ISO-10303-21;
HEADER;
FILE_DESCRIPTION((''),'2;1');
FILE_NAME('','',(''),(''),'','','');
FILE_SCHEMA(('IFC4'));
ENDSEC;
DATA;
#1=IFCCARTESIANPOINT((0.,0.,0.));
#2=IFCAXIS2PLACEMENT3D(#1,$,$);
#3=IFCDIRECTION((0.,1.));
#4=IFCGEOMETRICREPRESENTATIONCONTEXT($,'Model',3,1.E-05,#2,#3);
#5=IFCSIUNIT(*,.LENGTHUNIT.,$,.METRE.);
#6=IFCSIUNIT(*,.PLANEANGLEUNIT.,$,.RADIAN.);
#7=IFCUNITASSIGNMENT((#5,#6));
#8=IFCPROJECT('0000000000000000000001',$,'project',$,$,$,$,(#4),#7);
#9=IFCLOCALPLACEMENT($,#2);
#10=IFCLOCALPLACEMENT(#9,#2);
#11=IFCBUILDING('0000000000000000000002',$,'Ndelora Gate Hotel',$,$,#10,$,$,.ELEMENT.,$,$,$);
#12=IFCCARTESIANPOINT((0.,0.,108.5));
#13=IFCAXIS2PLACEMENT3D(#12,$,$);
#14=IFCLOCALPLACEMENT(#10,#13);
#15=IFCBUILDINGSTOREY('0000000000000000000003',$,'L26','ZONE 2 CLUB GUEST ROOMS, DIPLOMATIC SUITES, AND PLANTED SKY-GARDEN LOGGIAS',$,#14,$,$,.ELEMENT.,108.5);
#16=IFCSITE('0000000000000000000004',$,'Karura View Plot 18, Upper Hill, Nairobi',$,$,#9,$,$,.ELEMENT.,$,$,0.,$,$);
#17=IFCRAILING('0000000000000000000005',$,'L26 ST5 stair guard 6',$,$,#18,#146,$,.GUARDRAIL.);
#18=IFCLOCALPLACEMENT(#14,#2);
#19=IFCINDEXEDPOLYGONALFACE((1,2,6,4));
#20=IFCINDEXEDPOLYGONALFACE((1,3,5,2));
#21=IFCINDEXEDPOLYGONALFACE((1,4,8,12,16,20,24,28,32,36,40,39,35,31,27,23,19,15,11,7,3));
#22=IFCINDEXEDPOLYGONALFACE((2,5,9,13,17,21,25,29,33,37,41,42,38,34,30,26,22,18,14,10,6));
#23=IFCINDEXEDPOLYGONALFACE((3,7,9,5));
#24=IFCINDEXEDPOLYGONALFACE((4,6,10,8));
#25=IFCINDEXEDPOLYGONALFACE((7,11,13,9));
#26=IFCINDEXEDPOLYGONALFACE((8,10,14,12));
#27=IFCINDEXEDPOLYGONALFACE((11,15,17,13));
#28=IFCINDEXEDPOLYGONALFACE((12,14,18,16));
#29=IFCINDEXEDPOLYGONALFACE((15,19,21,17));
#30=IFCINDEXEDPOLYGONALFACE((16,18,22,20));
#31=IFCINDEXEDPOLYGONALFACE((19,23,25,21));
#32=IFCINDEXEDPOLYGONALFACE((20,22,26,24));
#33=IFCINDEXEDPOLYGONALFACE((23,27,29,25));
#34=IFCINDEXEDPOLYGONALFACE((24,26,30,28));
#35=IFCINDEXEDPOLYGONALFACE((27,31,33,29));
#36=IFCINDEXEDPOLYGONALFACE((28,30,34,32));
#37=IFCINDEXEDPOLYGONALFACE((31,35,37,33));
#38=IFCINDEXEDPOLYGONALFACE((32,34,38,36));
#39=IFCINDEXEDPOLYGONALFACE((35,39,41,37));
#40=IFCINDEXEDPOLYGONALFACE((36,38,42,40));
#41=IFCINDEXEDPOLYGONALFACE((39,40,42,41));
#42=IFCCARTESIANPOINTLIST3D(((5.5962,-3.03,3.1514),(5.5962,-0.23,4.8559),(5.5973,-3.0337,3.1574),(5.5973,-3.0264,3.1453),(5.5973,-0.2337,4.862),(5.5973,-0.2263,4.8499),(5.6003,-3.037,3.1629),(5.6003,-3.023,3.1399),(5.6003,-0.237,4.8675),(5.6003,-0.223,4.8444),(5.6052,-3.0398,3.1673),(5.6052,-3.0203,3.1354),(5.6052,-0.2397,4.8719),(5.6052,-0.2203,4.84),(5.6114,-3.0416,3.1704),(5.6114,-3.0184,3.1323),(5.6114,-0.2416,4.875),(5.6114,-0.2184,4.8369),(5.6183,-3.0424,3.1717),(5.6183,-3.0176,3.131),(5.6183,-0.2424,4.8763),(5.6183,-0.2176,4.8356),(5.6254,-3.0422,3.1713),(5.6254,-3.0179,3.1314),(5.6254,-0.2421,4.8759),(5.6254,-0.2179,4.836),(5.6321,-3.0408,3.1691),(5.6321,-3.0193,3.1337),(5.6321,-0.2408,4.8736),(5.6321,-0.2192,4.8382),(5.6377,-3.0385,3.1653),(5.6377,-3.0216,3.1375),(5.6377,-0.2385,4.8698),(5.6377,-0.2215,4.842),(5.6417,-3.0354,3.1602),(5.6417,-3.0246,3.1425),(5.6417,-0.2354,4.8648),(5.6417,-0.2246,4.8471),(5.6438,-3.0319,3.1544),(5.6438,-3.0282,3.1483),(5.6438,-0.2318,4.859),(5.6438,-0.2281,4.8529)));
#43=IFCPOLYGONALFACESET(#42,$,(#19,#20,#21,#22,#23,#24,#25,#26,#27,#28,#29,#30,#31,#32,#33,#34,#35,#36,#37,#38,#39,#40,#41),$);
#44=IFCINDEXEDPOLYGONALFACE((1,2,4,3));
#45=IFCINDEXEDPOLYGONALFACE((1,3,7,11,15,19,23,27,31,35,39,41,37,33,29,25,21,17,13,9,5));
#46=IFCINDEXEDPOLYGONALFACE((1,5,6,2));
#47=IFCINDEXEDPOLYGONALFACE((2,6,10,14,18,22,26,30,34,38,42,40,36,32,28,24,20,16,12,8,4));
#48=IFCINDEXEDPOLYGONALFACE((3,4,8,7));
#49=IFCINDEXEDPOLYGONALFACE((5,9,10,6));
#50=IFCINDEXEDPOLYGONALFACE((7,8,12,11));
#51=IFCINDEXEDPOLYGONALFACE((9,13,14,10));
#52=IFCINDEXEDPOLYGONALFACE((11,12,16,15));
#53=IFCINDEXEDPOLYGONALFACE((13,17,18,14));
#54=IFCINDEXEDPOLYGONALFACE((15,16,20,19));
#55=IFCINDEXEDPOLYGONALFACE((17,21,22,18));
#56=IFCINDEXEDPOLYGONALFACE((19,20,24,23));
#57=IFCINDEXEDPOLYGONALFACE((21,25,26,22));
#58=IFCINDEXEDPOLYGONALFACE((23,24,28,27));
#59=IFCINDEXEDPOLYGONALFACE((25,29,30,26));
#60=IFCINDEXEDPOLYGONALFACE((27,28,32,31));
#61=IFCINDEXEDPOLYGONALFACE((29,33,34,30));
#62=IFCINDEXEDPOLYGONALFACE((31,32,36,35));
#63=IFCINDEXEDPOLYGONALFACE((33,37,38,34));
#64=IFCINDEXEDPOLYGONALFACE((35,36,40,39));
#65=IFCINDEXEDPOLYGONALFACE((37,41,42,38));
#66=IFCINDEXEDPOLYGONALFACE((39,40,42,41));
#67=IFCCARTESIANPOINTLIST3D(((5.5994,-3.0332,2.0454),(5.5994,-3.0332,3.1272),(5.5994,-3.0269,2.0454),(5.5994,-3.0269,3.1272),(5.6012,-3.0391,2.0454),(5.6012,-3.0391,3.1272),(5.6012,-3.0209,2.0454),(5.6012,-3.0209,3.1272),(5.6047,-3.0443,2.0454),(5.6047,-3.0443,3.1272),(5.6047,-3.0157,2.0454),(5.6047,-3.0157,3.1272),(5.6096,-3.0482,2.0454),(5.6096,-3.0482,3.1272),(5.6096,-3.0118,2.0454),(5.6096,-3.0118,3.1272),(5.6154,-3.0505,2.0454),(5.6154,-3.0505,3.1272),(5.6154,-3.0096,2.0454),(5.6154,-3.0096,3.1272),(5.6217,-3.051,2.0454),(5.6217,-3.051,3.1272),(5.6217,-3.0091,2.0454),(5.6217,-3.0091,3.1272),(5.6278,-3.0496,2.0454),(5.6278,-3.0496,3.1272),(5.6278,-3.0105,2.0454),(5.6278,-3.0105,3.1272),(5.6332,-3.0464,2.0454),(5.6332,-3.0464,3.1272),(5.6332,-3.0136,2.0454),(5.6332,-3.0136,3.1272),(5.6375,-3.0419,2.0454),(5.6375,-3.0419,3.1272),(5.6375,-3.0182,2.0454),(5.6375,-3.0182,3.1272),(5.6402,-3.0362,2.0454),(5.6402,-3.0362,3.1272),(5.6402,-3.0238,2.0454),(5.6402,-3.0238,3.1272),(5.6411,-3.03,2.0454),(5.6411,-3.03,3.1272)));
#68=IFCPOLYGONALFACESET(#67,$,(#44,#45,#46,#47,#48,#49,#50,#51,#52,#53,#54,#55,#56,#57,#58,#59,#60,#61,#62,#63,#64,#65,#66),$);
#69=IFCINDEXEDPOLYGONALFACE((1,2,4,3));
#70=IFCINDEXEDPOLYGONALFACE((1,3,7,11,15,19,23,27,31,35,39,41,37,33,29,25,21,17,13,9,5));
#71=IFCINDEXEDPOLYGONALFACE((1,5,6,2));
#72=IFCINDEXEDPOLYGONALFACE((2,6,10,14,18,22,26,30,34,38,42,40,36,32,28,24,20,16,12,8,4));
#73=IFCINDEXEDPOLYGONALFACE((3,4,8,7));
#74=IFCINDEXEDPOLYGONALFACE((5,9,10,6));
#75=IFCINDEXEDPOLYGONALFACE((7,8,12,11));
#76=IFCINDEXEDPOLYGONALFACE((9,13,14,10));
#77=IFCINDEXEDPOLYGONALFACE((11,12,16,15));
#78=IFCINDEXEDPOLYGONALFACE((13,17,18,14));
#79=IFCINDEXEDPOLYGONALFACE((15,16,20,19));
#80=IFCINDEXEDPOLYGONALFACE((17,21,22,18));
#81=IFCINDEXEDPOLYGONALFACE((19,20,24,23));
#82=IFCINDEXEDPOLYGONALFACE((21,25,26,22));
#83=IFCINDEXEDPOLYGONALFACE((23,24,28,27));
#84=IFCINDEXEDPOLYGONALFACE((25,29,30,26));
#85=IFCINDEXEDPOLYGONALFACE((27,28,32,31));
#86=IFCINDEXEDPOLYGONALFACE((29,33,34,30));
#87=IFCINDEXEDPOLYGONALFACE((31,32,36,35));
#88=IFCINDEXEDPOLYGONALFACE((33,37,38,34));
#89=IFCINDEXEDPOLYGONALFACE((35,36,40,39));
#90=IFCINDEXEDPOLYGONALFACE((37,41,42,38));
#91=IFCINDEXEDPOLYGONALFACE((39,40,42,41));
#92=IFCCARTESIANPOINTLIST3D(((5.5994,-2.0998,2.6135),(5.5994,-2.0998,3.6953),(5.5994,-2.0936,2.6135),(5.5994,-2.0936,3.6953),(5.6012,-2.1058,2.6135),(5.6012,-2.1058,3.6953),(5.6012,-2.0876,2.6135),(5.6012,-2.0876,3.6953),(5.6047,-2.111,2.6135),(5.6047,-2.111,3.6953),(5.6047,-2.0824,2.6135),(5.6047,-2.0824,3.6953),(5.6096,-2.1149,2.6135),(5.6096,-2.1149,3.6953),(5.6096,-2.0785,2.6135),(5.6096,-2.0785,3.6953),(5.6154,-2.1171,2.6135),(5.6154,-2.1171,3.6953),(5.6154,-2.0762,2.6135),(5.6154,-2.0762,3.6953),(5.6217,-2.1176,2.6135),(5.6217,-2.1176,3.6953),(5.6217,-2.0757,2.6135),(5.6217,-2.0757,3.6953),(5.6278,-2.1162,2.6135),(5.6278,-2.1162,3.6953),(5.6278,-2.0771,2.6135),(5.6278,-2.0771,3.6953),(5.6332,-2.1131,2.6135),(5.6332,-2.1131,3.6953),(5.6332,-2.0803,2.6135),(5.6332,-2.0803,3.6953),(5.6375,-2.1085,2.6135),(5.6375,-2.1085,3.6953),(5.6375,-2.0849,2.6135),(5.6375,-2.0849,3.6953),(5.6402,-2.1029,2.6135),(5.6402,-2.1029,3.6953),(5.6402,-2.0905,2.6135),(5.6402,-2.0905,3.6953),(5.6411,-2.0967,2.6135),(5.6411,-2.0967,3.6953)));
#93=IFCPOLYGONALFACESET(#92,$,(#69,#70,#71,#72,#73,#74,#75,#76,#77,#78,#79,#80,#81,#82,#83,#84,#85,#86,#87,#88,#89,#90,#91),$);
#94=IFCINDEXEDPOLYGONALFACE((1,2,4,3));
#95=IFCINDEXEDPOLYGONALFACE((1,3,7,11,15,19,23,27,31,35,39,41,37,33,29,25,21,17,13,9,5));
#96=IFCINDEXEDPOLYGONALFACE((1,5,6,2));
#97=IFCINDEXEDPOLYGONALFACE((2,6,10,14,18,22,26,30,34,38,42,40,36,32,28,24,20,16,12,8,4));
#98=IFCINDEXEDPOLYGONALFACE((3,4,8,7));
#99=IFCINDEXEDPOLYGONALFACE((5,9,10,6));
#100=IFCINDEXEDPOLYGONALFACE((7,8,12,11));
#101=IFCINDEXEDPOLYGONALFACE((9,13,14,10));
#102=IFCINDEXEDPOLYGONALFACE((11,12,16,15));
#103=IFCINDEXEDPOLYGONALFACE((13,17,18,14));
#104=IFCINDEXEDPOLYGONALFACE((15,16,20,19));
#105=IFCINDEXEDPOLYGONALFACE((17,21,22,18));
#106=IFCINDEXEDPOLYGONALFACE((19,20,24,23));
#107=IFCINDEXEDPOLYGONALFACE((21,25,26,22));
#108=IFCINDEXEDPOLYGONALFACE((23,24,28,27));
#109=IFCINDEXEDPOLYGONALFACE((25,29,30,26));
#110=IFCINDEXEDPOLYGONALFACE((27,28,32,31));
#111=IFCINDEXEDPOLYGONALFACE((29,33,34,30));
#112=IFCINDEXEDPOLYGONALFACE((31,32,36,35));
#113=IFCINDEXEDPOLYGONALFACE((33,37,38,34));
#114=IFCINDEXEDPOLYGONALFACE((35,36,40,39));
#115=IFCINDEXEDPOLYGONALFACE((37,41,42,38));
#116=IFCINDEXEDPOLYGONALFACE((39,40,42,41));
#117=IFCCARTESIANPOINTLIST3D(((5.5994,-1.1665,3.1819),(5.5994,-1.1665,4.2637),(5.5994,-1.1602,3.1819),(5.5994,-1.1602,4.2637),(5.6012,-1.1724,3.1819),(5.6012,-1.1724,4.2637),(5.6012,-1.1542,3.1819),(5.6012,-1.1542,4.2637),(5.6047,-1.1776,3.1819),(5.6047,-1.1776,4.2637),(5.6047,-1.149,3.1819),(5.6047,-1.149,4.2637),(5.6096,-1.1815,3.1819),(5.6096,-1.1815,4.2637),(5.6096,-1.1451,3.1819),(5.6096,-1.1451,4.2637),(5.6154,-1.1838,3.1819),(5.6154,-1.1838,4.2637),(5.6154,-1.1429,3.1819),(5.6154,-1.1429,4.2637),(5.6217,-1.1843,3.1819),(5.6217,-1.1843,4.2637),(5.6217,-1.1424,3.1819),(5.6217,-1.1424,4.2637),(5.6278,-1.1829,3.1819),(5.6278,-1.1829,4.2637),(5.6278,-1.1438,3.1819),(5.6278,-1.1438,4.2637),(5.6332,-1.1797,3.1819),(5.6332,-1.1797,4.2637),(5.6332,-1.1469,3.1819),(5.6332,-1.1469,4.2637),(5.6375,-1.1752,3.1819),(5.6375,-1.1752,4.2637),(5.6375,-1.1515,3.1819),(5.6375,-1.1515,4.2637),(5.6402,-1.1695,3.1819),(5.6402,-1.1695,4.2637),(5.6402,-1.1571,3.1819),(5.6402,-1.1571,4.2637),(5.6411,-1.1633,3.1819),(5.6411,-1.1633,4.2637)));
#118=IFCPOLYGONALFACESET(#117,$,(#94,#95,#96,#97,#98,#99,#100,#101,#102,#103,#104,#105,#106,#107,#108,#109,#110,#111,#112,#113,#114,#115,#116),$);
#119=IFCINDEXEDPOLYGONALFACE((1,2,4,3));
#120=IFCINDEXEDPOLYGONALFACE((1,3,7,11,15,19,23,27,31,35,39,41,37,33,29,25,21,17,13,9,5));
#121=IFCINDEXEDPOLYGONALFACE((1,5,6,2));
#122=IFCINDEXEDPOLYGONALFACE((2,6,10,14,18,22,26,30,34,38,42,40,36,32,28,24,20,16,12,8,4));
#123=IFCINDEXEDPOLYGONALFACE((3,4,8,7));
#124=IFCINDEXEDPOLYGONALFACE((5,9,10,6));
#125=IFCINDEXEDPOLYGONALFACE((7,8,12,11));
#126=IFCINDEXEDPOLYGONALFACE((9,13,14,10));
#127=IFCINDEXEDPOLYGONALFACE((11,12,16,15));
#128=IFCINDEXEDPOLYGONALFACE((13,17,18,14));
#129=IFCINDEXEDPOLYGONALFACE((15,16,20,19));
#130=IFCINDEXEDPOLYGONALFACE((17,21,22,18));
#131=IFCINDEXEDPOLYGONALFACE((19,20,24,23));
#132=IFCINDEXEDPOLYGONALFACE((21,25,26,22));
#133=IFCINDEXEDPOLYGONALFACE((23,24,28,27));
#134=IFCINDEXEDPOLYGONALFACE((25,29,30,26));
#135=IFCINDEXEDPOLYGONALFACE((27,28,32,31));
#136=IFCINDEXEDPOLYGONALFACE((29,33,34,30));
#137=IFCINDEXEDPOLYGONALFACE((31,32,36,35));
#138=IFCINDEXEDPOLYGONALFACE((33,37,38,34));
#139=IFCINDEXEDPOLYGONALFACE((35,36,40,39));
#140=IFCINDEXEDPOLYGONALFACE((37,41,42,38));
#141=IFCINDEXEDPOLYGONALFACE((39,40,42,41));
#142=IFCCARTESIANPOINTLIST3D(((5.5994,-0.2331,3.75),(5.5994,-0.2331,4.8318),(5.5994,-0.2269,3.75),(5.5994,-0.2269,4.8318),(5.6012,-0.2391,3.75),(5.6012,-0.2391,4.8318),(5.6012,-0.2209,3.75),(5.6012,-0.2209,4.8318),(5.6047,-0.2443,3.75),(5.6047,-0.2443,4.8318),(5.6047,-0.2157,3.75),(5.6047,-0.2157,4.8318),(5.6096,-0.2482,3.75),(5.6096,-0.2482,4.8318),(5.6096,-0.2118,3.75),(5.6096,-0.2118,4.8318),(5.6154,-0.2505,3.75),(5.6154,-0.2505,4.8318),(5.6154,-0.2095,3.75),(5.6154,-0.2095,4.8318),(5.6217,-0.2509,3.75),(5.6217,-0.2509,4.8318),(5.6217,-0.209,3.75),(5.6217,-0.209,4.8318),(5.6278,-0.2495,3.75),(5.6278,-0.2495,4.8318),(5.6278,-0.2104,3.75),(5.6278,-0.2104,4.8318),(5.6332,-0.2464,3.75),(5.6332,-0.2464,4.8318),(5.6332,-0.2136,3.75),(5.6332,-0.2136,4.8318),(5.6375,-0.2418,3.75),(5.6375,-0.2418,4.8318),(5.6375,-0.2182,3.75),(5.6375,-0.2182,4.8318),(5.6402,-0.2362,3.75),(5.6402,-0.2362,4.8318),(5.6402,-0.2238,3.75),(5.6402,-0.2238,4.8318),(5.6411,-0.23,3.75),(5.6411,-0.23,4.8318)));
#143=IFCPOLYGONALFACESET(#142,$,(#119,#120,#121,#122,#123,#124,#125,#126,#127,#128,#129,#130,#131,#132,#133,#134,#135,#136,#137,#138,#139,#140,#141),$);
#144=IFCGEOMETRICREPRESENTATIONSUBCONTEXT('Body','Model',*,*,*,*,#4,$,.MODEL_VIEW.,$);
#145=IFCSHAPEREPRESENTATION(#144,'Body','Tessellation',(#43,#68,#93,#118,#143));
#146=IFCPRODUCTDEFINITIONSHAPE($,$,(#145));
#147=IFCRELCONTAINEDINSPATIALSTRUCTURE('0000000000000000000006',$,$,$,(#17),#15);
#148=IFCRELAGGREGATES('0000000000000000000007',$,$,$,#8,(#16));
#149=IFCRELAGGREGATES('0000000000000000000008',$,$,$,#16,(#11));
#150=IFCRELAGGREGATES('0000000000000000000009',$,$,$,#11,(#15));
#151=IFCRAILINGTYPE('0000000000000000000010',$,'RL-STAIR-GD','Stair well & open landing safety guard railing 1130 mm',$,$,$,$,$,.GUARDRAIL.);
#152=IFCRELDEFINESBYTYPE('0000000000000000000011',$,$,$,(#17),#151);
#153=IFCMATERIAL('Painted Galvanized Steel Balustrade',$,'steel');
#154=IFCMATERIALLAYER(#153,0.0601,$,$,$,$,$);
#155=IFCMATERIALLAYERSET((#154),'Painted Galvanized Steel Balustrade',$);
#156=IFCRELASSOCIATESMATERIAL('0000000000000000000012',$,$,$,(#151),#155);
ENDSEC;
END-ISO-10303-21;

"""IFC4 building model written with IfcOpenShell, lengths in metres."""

from ifc_helpers import new_model, si_unit, direction, frame, origin, origin_2d, place, context, subcontext, project, spatial, circle, extrude, material, layer, layer_set, type_object, element, save


model = new_model("IFC4")

# Units and contexts
model_context = context("Model", 3, precision=1e-05, world=origin(), true_north=direction((0.0, 1.0)))
body_context = subcontext(model_context, "Body", "Model", "MODEL_VIEW")
ifc_project = project(units=[si_unit("LENGTHUNIT", "METRE"), si_unit("PLANEANGLEUNIT", "RADIAN")], contexts=[model_context])

# Site, building, storey
site_placement = place(None, origin())
site = spatial("IfcSite", under=ifc_project, at=site_placement, Name="Karura View Plot 18, Upper Hill, Nairobi", CompositionType="ELEMENT", RefElevation=0.0)
building_placement = place(site_placement, origin())
building = spatial("IfcBuilding", under=site, at=building_placement, Name="Ndelora Gate Hotel", CompositionType="ELEMENT")
storey_placement = place(building_placement, frame((0.0, 0.0, 108.5)))
storey = spatial("IfcBuildingStorey", under=building, at=storey_placement, Name="L26", Description="ZONE 2 CLUB GUEST ROOMS, DIPLOMATIC SUITES, AND PLANTED SKY-GARDEN LOGGIAS", CompositionType="ELEMENT", Elevation=108.5)

# Railing
ifc_material_1 = material(Name="Painted Galvanized Steel Balustrade", Category="steel")
ifc_layer_1 = layer(ifc_material_1, 0.0601)
ifc_layer_set_1 = layer_set([ifc_layer_1], Name="Painted Galvanized Steel Balustrade")
railing_type_1 = type_object("IfcRailingType", Name="RL-STAIR-GD", Description="Stair well & open landing safety guard railing 1130 mm", PredefinedType="GUARDRAIL", material=ifc_layer_set_1)
railing_1_placement = place(storey_placement, frame((5.6201, -3.03, 2.0454)))
element("IfcRailing", 1, at=railing_1_placement, inside=storey, type_object=railing_type_1, Name="L26 ST5 stair guard 6", PredefinedType="GUARDRAIL", context=body_context, shape_type="SweptSolid", body=[
    extrude(circle(Radius=0.0239, at=origin_2d()), frame((0.0, 0.0, 1.106), z_axis=(0.0, 0.85417, 0.519994), x_axis=(-1.0, 0.0, 0.0)), (0.0, 0.0, 1.0), 3.2781),
    extrude(circle(Radius=0.021, at=origin_2d()), origin(), (0.0, 0.0, 1.0), 1.0818),
    extrude(circle(Radius=0.021, at=origin_2d()), frame((0.0, 0.9333, 0.5681)), (0.0, 0.0, 1.0), 1.0818),
    extrude(circle(Radius=0.021, at=origin_2d()), frame((0.0, 1.8667, 1.1365)), (0.0, 0.0, 1.0), 1.0818),
    extrude(circle(Radius=0.021, at=origin_2d()), frame((0.0, 2.8, 1.7046)), (0.0, 0.0, 1.0), 1.0818),
])

save(model, "model.ifc")
